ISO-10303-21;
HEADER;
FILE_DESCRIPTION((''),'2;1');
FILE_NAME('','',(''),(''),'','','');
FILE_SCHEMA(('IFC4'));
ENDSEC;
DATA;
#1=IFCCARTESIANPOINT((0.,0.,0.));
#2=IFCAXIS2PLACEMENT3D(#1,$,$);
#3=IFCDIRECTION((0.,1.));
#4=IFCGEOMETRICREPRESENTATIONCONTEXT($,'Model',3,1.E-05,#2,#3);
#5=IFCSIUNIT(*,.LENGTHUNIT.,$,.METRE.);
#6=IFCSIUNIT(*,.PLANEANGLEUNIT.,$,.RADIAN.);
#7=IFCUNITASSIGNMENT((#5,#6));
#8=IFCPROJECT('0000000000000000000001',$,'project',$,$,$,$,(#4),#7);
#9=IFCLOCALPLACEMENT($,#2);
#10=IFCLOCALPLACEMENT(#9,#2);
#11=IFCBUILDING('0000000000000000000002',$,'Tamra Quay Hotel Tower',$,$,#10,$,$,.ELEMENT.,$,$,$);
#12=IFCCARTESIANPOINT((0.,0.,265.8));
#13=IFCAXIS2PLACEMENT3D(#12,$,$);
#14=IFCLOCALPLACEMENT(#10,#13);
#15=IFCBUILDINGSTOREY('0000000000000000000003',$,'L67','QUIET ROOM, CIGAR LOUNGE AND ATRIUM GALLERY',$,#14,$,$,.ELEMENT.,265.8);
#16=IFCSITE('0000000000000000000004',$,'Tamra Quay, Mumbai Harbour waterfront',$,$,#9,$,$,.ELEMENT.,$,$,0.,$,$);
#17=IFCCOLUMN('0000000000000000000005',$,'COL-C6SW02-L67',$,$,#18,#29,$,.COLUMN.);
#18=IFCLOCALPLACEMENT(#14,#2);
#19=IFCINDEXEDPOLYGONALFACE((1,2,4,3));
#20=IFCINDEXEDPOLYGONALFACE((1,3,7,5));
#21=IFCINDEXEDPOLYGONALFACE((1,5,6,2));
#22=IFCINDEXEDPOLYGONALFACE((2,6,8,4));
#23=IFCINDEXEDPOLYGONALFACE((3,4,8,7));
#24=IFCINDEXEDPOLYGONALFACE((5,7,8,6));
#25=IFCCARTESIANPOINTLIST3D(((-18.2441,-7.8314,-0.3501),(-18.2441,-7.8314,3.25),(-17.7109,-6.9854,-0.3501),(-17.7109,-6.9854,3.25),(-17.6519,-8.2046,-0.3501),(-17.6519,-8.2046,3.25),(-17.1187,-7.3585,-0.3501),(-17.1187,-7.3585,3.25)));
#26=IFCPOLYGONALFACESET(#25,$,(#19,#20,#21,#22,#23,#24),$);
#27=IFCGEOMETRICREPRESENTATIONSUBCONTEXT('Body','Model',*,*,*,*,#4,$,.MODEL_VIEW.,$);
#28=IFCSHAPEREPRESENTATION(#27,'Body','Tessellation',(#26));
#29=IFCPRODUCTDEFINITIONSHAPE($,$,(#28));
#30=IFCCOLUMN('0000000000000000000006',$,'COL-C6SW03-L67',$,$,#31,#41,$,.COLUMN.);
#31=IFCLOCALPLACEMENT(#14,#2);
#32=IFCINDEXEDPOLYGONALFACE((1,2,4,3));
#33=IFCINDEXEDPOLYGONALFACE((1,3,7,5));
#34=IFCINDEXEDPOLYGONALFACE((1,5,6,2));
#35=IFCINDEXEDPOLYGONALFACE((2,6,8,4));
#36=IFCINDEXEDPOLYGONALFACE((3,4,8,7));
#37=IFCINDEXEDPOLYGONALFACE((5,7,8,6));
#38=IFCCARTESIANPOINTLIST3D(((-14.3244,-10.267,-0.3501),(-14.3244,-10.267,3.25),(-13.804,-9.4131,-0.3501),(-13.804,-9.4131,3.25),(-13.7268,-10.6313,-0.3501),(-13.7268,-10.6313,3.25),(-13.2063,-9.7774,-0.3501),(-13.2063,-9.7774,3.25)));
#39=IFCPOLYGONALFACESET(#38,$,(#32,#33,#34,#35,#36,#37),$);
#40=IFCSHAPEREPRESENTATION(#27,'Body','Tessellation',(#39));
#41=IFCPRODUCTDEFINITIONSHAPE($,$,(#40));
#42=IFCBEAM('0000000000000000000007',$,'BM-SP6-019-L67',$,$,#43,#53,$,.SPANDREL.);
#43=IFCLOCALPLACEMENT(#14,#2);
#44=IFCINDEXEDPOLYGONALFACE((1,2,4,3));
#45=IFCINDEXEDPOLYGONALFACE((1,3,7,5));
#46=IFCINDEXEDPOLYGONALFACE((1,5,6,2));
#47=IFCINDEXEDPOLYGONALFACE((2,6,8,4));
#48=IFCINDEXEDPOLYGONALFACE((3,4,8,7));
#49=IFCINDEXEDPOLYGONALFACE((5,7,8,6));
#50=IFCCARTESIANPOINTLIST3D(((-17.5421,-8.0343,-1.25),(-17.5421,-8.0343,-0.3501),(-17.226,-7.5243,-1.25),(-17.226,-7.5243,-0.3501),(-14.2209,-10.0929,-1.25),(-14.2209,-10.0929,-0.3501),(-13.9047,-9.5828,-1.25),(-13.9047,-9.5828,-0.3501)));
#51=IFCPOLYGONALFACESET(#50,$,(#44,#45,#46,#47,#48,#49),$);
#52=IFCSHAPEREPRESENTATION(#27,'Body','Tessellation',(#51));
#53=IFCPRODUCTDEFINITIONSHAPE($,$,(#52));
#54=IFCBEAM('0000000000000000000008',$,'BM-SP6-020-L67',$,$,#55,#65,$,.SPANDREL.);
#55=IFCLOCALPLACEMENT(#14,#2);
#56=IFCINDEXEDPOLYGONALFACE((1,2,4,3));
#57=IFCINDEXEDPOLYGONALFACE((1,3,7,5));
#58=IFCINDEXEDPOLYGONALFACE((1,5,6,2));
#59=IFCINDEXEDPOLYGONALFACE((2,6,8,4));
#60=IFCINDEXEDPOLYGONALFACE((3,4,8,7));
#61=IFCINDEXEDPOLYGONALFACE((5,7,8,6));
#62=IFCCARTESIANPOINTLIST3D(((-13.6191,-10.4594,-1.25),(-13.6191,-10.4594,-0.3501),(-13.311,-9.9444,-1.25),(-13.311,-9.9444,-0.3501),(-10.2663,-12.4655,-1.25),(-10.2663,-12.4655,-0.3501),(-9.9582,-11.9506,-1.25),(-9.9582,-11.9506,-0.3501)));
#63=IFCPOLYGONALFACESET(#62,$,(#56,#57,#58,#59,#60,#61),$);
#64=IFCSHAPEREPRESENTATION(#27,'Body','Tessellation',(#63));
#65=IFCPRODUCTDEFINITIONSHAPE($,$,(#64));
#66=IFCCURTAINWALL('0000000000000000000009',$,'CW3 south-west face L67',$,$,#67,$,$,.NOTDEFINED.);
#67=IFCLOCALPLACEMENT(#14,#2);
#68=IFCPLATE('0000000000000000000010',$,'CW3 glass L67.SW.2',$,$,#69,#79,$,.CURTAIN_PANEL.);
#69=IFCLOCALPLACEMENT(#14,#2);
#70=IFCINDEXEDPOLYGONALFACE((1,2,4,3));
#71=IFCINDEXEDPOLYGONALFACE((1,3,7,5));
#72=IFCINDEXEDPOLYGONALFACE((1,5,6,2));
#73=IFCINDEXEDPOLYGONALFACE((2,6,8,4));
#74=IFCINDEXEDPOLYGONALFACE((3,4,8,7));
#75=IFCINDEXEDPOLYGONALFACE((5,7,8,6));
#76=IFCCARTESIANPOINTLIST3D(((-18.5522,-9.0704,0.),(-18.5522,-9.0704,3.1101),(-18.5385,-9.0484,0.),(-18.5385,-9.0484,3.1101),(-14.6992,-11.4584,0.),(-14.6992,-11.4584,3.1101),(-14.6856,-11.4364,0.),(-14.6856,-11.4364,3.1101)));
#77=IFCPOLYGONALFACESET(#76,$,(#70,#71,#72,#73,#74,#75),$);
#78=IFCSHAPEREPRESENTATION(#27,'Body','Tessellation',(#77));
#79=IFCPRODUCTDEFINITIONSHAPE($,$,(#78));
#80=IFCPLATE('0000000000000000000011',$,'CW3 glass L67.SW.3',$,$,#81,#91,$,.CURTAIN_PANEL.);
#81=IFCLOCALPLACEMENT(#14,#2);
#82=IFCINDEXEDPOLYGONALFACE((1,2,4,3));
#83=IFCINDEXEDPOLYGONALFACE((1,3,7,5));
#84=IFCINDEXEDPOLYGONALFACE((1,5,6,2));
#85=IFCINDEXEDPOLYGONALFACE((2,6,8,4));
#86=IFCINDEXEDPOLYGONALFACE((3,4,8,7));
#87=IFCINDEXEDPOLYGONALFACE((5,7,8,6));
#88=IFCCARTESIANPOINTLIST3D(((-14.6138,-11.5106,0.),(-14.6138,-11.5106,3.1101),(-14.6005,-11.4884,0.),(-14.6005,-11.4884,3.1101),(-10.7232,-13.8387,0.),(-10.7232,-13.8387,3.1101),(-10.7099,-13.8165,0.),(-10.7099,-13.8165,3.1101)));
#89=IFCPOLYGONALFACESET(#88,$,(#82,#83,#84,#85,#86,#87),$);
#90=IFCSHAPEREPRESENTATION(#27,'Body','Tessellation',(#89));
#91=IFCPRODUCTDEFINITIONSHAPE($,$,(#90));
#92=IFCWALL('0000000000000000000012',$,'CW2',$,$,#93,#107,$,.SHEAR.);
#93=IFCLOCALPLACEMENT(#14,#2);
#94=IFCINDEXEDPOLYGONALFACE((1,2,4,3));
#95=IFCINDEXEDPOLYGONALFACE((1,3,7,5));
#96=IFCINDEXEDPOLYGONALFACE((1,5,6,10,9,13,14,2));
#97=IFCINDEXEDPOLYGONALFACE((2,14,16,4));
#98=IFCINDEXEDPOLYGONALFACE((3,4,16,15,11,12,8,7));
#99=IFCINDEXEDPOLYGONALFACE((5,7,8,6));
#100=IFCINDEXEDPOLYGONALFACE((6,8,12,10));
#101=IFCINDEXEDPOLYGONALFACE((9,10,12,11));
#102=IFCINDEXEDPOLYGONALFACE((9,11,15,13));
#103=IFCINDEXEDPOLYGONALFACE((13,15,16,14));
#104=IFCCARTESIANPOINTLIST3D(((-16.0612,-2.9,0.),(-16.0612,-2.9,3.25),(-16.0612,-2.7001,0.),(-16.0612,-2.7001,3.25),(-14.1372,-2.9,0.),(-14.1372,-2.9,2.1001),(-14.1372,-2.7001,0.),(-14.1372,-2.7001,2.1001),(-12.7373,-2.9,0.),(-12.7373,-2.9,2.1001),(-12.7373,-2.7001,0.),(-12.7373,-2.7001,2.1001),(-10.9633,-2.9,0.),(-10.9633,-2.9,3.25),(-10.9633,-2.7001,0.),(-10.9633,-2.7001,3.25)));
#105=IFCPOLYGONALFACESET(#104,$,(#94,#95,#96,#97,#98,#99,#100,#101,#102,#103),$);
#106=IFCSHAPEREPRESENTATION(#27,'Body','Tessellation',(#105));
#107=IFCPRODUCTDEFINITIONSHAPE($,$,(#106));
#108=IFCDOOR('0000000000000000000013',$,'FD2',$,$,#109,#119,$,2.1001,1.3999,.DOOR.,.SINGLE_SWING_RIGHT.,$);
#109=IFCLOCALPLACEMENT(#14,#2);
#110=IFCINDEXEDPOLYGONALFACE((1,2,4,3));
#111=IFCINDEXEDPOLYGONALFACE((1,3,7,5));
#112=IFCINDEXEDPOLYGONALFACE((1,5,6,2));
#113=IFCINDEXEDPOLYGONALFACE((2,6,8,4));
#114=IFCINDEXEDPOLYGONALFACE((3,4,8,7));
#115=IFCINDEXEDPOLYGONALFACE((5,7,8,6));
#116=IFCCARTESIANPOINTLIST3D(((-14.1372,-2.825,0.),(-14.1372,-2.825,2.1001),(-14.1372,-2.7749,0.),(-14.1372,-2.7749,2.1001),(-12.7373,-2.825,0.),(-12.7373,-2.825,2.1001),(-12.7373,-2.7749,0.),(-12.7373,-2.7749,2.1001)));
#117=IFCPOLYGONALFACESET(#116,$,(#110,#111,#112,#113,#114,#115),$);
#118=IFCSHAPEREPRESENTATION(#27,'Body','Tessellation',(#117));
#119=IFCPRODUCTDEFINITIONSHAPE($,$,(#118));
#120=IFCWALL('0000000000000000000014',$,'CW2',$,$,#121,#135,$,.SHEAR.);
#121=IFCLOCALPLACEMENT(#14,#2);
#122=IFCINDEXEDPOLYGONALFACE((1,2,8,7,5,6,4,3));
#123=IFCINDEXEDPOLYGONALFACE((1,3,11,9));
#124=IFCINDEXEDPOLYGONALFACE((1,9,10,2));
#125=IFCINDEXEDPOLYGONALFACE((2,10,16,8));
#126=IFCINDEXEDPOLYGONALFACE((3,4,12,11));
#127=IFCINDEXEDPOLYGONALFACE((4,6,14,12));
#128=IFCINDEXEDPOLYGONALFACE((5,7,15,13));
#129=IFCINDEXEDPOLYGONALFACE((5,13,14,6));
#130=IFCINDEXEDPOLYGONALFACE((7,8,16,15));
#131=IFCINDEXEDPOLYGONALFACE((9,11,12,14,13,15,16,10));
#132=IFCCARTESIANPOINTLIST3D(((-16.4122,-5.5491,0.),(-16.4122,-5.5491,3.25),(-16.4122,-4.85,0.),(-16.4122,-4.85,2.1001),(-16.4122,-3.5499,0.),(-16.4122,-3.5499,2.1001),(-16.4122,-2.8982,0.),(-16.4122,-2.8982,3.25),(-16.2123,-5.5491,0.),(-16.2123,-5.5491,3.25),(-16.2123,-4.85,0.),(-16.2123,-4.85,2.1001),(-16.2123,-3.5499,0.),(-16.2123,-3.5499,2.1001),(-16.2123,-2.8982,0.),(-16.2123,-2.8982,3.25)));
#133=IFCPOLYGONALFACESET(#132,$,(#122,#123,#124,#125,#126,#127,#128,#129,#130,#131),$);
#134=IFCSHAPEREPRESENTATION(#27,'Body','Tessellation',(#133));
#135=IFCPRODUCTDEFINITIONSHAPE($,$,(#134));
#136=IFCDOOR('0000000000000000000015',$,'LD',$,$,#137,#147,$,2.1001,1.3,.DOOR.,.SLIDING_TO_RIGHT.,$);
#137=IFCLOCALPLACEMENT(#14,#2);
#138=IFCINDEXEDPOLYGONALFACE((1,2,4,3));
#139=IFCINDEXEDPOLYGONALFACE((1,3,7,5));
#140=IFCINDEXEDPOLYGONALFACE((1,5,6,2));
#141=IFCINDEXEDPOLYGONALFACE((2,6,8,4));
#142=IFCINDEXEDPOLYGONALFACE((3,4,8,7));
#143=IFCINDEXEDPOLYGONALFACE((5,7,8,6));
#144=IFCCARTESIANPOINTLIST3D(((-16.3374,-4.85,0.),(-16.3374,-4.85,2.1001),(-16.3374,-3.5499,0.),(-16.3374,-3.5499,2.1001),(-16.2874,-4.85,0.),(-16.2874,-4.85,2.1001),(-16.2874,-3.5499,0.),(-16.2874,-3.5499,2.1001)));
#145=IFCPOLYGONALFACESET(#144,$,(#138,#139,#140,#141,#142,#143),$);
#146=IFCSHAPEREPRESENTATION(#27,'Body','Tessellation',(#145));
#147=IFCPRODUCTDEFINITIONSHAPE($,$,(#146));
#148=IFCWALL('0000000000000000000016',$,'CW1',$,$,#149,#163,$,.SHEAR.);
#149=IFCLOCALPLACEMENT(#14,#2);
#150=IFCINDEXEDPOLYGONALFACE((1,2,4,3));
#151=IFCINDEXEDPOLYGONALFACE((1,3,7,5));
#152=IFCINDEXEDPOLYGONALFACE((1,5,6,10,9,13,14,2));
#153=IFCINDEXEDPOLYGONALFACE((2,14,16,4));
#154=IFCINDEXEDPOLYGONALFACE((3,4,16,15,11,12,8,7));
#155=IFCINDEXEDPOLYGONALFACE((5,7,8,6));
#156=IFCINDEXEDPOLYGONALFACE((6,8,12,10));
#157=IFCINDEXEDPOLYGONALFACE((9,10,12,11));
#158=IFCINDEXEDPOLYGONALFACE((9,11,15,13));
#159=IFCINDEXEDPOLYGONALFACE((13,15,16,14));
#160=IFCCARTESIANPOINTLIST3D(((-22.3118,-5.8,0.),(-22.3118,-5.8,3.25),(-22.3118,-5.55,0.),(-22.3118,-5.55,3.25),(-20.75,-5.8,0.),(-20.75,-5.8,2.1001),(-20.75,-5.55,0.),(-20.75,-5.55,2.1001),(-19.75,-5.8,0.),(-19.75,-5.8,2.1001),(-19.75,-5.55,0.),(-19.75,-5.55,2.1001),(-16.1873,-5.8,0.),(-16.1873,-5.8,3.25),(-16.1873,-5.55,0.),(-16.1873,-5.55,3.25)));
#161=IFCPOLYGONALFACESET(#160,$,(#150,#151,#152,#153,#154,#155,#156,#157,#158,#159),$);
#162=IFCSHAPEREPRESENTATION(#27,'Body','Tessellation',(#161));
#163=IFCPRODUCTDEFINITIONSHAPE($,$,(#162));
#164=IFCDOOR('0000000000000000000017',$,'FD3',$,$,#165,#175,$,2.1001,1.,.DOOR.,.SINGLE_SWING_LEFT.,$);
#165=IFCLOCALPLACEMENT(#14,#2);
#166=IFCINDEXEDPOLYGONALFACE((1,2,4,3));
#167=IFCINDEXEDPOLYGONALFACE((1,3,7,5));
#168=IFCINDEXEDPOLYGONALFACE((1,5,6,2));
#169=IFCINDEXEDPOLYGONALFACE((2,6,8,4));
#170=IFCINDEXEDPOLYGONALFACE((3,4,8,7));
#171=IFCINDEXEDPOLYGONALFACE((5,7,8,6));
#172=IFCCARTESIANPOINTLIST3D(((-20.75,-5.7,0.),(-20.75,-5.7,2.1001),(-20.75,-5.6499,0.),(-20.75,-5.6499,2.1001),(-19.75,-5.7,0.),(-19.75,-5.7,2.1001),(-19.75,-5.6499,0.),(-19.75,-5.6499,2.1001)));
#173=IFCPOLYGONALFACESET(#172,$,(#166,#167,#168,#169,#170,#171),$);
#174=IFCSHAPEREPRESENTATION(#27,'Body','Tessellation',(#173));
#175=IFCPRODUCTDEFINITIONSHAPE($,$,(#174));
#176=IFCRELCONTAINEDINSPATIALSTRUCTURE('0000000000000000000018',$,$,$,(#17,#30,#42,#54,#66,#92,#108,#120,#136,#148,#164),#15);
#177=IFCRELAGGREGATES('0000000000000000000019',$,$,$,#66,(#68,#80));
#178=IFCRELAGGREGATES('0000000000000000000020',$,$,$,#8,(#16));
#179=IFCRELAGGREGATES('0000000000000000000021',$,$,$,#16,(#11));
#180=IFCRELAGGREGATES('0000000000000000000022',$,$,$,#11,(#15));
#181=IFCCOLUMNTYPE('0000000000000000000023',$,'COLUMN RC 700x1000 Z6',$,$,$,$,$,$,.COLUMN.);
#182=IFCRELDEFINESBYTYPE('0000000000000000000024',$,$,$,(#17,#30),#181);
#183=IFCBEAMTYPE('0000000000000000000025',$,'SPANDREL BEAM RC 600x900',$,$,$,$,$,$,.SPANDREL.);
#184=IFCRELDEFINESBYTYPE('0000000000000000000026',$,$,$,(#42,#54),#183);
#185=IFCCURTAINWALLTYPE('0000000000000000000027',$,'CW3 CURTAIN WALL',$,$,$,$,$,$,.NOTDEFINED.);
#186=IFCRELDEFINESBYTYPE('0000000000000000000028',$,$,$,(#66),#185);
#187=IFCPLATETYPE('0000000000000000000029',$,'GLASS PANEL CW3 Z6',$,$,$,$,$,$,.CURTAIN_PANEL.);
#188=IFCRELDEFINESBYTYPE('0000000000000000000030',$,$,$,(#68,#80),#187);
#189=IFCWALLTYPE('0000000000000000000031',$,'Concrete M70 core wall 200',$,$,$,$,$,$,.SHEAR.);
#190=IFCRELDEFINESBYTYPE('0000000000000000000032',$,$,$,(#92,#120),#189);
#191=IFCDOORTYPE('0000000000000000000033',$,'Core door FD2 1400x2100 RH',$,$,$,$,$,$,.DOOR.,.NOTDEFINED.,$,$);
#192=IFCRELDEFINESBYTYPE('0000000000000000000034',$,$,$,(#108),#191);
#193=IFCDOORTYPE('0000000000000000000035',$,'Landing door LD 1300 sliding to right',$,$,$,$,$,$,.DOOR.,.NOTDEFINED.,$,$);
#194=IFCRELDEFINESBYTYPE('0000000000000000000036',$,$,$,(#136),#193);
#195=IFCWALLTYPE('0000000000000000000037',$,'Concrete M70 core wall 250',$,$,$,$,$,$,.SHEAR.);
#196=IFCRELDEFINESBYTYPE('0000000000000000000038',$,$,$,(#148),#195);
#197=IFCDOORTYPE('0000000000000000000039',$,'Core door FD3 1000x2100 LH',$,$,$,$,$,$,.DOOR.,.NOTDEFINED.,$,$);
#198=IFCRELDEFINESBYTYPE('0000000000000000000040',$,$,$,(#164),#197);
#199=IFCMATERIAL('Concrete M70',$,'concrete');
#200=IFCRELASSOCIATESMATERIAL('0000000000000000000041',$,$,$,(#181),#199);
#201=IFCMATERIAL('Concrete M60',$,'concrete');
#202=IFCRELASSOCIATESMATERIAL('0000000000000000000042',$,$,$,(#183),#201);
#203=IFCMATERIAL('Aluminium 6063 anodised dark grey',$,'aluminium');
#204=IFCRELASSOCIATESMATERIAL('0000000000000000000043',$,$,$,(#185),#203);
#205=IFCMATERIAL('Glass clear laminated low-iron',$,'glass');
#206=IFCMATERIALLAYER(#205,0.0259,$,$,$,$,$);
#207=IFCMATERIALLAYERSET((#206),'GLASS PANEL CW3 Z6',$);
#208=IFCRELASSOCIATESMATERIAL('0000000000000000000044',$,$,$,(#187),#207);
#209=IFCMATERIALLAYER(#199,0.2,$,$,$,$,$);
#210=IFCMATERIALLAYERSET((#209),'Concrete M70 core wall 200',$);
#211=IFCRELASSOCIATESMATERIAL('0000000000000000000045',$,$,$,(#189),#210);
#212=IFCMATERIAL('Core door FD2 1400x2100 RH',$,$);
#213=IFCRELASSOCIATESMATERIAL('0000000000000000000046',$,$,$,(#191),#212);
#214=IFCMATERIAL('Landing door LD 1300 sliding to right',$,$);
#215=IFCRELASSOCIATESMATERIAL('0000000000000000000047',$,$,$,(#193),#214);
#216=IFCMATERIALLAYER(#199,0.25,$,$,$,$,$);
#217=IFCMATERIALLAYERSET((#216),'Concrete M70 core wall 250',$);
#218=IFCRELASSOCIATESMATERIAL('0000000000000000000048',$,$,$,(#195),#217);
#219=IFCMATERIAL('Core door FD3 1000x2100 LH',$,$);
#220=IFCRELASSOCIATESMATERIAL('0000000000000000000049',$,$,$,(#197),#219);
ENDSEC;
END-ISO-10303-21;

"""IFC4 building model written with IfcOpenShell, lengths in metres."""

from ifc_helpers import new_model, si_unit, direction, frame, frame_2d, origin, origin_2d, place, context, subcontext, project, spatial, rectangle, extrude, material, layer, layer_set, material_profile, profile_set, type_object, element, fill, aggregate, save


model = new_model("IFC4")

# Units and contexts
model_context = context("Model", 3, precision=1e-05, world=origin(), true_north=direction((0.0, 1.0)))
body_context = subcontext(model_context, "Body", "Model", "MODEL_VIEW")
ifc_project = project(units=[si_unit("LENGTHUNIT", "METRE"), si_unit("PLANEANGLEUNIT", "RADIAN")], contexts=[model_context])

# Site, building, storey
site_placement = place(None, origin())
site = spatial("IfcSite", under=ifc_project, at=site_placement, Name="Tamra Quay, Mumbai Harbour waterfront", CompositionType="ELEMENT", RefElevation=0.0)
building_placement = place(site_placement, origin())
building = spatial("IfcBuilding", under=site, at=building_placement, Name="Tamra Quay Hotel Tower", CompositionType="ELEMENT")
storey_placement = place(building_placement, frame((0.0, 0.0, 265.8)))
storey = spatial("IfcBuildingStorey", under=building, at=storey_placement, Name="L67", Description="QUIET ROOM, CIGAR LOUNGE AND ATRIUM GALLERY", CompositionType="ELEMENT", Elevation=265.8)

# Columns
ifc_material_1 = material(Name="Concrete M70", Category="concrete")
ifc_material_profile_1 = material_profile(ifc_material_1, rectangle(XDim=1.0, YDim=0.7, at=origin_2d()), Name="COLUMN RC 700x1000 Z6")
ifc_profile_set_1 = profile_set([ifc_material_profile_1], Name="Concrete M70")
column_type = type_object("IfcColumnType", Name="COLUMN RC 700x1000 Z6", PredefinedType="COLUMN", material=ifc_profile_set_1)
for number, where, z_axis, x_axis, name in (
    (1, (-17.6814, -7.595, -0.3501), (0.0, 0.0, 1.0), (0.533133, 0.846031, 0.0), "COL-C6SW02-L67"),
    (2, (-13.7654, -10.0222, -0.3501), (0.0, 0.0, 1.0), (0.52043, 0.853904, 0.0), "COL-C6SW03-L67"),
):
    element("IfcColumn", number, at=place(storey_placement, frame(where, z_axis=z_axis, x_axis=x_axis)), inside=storey, type_object=column_type, Name=name, PredefinedType="COLUMN", context=body_context, shape_type="SweptSolid", body=[
        extrude(rectangle(XDim=1.0, YDim=0.7, at=origin_2d()), origin(), (0.0, 0.0, 1.0), 3.6001),
    ])

# Beams
ifc_material_2 = material(Name="Concrete M60", Category="concrete")
ifc_material_profile_2 = material_profile(ifc_material_2, rectangle(XDim=0.6001, YDim=0.8999, at=origin_2d()), Name="SPANDREL BEAM RC 600x900")
ifc_profile_set_2 = profile_set([ifc_material_profile_2], Name="Concrete M60")
beam_type = type_object("IfcBeamType", Name="SPANDREL BEAM RC 600x900", PredefinedType="SPANDREL", material=ifc_profile_set_2)
beam_1_placement = place(storey_placement, frame((-17.384, -7.7793, -0.8), z_axis=(0.849972, -0.526828, 0.0), x_axis=(0.526828, 0.849972, 0.0)))
element("IfcBeam", 3, at=beam_1_placement, inside=storey, type_object=beam_type, Name="BM-SP6-019-L67", PredefinedType="SPANDREL", context=body_context, shape_type="SweptSolid", body=[
    extrude(rectangle(XDim=0.6001, YDim=0.8999, at=origin_2d()), origin(), (0.0, 0.0, 1.0), 3.9075),
])
beam_2_placement = place(storey_placement, frame((-13.4651, -10.2019, -0.8), z_axis=(0.858121, -0.513448, 0.0), x_axis=(0.513448, 0.858121, 0.0)))
element("IfcBeam", 4, at=beam_2_placement, inside=storey, type_object=beam_type, Name="BM-SP6-020-L67", PredefinedType="SPANDREL", context=body_context, shape_type="SweptSolid", body=[
    extrude(rectangle(XDim=0.6001, YDim=0.8999, at=origin_2d()), origin(), (0.0, 0.0, 1.0), 3.9072),
])

# Curtain wall, plates
ifc_material_3 = material(Name="Aluminium 6063 anodised dark grey", Category="aluminium")
curtain_wall_type = type_object("IfcCurtainWallType", Name="CW3 CURTAIN WALL", PredefinedType="NOTDEFINED", material=ifc_material_3)
curtain_wall_placement = place(storey_placement, origin())
curtain_wall = element("IfcCurtainWall", 5, at=curtain_wall_placement, inside=storey, type_object=curtain_wall_type, Name="CW3 south-west face L67", PredefinedType="NOTDEFINED")
ifc_material_4 = material(Name="Glass clear laminated low-iron", Category="glass")
ifc_layer_1 = layer(ifc_material_4, 0.0259)
ifc_layer_set_1 = layer_set([ifc_layer_1], Name="GLASS PANEL CW3 Z6")
plate_type = type_object("IfcPlateType", Name="GLASS PANEL CW3 Z6", PredefinedType="CURTAIN_PANEL", material=ifc_layer_set_1)
plate_1_placement = place(storey_placement, frame((-16.6189, -10.2534, 0.0), z_axis=(0.0, 0.0, 1.0), x_axis=(0.849982, -0.526812, 0.0)))
plate_1 = element("IfcPlate", 6, at=plate_1_placement, type_object=plate_type, Name="CW3 glass L67.SW.2", PredefinedType="CURTAIN_PANEL", context=body_context, shape_type="SweptSolid", body=[
    extrude(rectangle(XDim=4.533, YDim=0.0259, at=origin_2d()), origin(), (0.0, 0.0, 1.0), 3.1101),
])
plate_2_placement = place(storey_placement, frame((-12.6619, -12.6636, 0.0), z_axis=(0.0, 0.0, 1.0), x_axis=(0.858103, -0.513477, 0.0)))
plate_2 = element("IfcPlate", 7, at=plate_2_placement, type_object=plate_type, Name="CW3 glass L67.SW.3", PredefinedType="CURTAIN_PANEL", context=body_context, shape_type="SweptSolid", body=[
    extrude(rectangle(XDim=4.5339, YDim=0.0259, at=origin_2d()), origin(), (0.0, 0.0, 1.0), 3.1101),
])
aggregate(curtain_wall, [plate_1, plate_2])

# Walls, openings, doors
ifc_layer_2 = layer(ifc_material_1, 0.2)
ifc_layer_set_2 = layer_set([ifc_layer_2], Name="Concrete M70 core wall 200")
wall_type_1 = type_object("IfcWallType", Name="Concrete M70 core wall 200", PredefinedType="SHEAR", material=ifc_layer_set_2)
wall_1_placement = place(storey_placement, frame((-10.9634, -2.8, 0.0), z_axis=(0.0, 0.0, 1.0), x_axis=(-1.0, 0.0, 0.0)))
wall_1 = element("IfcWall", 8, at=wall_1_placement, inside=storey, type_object=wall_type_1, Name="CW2", PredefinedType="SHEAR", context=body_context, shape_type="SweptSolid", body=[
    extrude(rectangle(XDim=5.0979, YDim=0.2, at=frame_2d((2.5488, 0.0))), origin(), (0.0, 0.0, 1.0), 3.25),
])
opening_1_placement = place(wall_1_placement, frame((1.7739, 0.0, 0.0)))
opening_1 = element("IfcOpeningElement", 9, at=opening_1_placement, cuts=wall_1, PredefinedType="OPENING", context=body_context, shape_type="SweptSolid", body=[
    extrude(rectangle(XDim=1.3999, YDim=2.1001, at=frame_2d((0.7, 1.05))), frame((0.0, 0.1099, 0.0), z_axis=(0.0, -1.0, 0.0), x_axis=(1.0, 0.0, 0.0)), (0.0, 0.0, 1.0), 0.22),
])
ifc_material_5 = material(Name="Core door FD2 1400x2100 RH")
door_type_1 = type_object("IfcDoorType", Name="Core door FD2 1400x2100 RH", OperationType="NOTDEFINED", PredefinedType="DOOR", material=ifc_material_5)
door_1_placement = place(opening_1_placement, origin())
door_1 = element("IfcDoor", 10, at=door_1_placement, inside=storey, type_object=door_type_1, Name="FD2", OperationType="SINGLE_SWING_RIGHT", OverallHeight=2.1001, OverallWidth=1.3999, PredefinedType="DOOR", context=body_context, shape_type="SweptSolid", body=[
    extrude(rectangle(XDim=1.3999, YDim=2.1001, at=frame_2d((0.7, 1.05))), frame((0.0, 0.0249, 0.0), z_axis=(0.0, -1.0, 0.0), x_axis=(1.0, 0.0, 0.0)), (0.0, 0.0, 1.0), 0.05),
])
fill(opening_1, door_1)
wall_2_placement = place(storey_placement, frame((-16.3123, -2.8982, 0.0), z_axis=(0.0, 0.0, 1.0), x_axis=(0.0, -1.0, 0.0)))
wall_2 = element("IfcWall", 11, at=wall_2_placement, inside=storey, type_object=wall_type_1, Name="CW2", PredefinedType="SHEAR", context=body_context, shape_type="SweptSolid", body=[
    extrude(rectangle(XDim=2.6509, YDim=0.2, at=frame_2d((1.3254, 0.0))), origin(), (0.0, 0.0, 1.0), 3.25),
])
opening_2_placement = place(wall_2_placement, frame((0.6519, 0.0, 0.0)))
opening_2 = element("IfcOpeningElement", 12, at=opening_2_placement, cuts=wall_2, PredefinedType="OPENING", context=body_context, shape_type="SweptSolid", body=[
    extrude(rectangle(XDim=1.3, YDim=2.1001, at=frame_2d((0.6499, 1.05))), frame((0.0, 0.1099, 0.0), z_axis=(0.0, -1.0, 0.0), x_axis=(1.0, 0.0, 0.0)), (0.0, 0.0, 1.0), 0.22),
])
ifc_material_6 = material(Name="Landing door LD 1300 sliding to right")
door_type_2 = type_object("IfcDoorType", Name="Landing door LD 1300 sliding to right", OperationType="NOTDEFINED", PredefinedType="DOOR", material=ifc_material_6)
door_2_placement = place(opening_2_placement, origin())
door_2 = element("IfcDoor", 13, at=door_2_placement, inside=storey, type_object=door_type_2, Name="LD", OperationType="SLIDING_TO_RIGHT", OverallHeight=2.1001, OverallWidth=1.3, PredefinedType="DOOR", context=body_context, shape_type="SweptSolid", body=[
    extrude(rectangle(XDim=1.3, YDim=2.1001, at=frame_2d((0.6499, 1.05))), frame((0.0, 0.0249, 0.0), z_axis=(0.0, -1.0, 0.0), x_axis=(1.0, 0.0, 0.0)), (0.0, 0.0, 1.0), 0.05),
])
fill(opening_2, door_2)
ifc_layer_3 = layer(ifc_material_1, 0.25)
ifc_layer_set_3 = layer_set([ifc_layer_3], Name="Concrete M70 core wall 250")
wall_type_2 = type_object("IfcWallType", Name="Concrete M70 core wall 250", PredefinedType="SHEAR", material=ifc_layer_set_3)
wall_3_placement = place(storey_placement, frame((-16.1873, -5.675, 0.0), z_axis=(0.0, 0.0, 1.0), x_axis=(-1.0, 0.0, 0.0)))
wall_3 = element("IfcWall", 14, at=wall_3_placement, inside=storey, type_object=wall_type_2, Name="CW1", PredefinedType="SHEAR", context=body_context, shape_type="SweptSolid", body=[
    extrude(rectangle(XDim=6.1245, YDim=0.25, at=frame_2d((3.0623, 0.0))), origin(), (0.0, 0.0, 1.0), 3.25),
])
opening_3_placement = place(wall_3_placement, frame((3.5627, 0.0, 0.0)))
opening_3 = element("IfcOpeningElement", 15, at=opening_3_placement, cuts=wall_3, PredefinedType="OPENING", context=body_context, shape_type="SweptSolid", body=[
    extrude(rectangle(XDim=1.0, YDim=2.1001, at=frame_2d((0.5, 1.05))), frame((0.0, 0.135, 0.0), z_axis=(0.0, -1.0, 0.0), x_axis=(1.0, 0.0, 0.0)), (0.0, 0.0, 1.0), 0.27),
])
ifc_material_7 = material(Name="Core door FD3 1000x2100 LH")
door_type_3 = type_object("IfcDoorType", Name="Core door FD3 1000x2100 LH", OperationType="NOTDEFINED", PredefinedType="DOOR", material=ifc_material_7)
door_3_placement = place(opening_3_placement, origin())
door_3 = element("IfcDoor", 16, at=door_3_placement, inside=storey, type_object=door_type_3, Name="FD3", OperationType="SINGLE_SWING_LEFT", OverallHeight=2.1001, OverallWidth=1.0, PredefinedType="DOOR", context=body_context, shape_type="SweptSolid", body=[
    extrude(rectangle(XDim=1.0, YDim=2.1001, at=frame_2d((0.5, 1.05))), frame((0.0, 0.0249, 0.0), z_axis=(0.0, -1.0, 0.0), x_axis=(1.0, 0.0, 0.0)), (0.0, 0.0, 1.0), 0.05),
])
fill(opening_3, door_3)

save(model, "model.ifc")
